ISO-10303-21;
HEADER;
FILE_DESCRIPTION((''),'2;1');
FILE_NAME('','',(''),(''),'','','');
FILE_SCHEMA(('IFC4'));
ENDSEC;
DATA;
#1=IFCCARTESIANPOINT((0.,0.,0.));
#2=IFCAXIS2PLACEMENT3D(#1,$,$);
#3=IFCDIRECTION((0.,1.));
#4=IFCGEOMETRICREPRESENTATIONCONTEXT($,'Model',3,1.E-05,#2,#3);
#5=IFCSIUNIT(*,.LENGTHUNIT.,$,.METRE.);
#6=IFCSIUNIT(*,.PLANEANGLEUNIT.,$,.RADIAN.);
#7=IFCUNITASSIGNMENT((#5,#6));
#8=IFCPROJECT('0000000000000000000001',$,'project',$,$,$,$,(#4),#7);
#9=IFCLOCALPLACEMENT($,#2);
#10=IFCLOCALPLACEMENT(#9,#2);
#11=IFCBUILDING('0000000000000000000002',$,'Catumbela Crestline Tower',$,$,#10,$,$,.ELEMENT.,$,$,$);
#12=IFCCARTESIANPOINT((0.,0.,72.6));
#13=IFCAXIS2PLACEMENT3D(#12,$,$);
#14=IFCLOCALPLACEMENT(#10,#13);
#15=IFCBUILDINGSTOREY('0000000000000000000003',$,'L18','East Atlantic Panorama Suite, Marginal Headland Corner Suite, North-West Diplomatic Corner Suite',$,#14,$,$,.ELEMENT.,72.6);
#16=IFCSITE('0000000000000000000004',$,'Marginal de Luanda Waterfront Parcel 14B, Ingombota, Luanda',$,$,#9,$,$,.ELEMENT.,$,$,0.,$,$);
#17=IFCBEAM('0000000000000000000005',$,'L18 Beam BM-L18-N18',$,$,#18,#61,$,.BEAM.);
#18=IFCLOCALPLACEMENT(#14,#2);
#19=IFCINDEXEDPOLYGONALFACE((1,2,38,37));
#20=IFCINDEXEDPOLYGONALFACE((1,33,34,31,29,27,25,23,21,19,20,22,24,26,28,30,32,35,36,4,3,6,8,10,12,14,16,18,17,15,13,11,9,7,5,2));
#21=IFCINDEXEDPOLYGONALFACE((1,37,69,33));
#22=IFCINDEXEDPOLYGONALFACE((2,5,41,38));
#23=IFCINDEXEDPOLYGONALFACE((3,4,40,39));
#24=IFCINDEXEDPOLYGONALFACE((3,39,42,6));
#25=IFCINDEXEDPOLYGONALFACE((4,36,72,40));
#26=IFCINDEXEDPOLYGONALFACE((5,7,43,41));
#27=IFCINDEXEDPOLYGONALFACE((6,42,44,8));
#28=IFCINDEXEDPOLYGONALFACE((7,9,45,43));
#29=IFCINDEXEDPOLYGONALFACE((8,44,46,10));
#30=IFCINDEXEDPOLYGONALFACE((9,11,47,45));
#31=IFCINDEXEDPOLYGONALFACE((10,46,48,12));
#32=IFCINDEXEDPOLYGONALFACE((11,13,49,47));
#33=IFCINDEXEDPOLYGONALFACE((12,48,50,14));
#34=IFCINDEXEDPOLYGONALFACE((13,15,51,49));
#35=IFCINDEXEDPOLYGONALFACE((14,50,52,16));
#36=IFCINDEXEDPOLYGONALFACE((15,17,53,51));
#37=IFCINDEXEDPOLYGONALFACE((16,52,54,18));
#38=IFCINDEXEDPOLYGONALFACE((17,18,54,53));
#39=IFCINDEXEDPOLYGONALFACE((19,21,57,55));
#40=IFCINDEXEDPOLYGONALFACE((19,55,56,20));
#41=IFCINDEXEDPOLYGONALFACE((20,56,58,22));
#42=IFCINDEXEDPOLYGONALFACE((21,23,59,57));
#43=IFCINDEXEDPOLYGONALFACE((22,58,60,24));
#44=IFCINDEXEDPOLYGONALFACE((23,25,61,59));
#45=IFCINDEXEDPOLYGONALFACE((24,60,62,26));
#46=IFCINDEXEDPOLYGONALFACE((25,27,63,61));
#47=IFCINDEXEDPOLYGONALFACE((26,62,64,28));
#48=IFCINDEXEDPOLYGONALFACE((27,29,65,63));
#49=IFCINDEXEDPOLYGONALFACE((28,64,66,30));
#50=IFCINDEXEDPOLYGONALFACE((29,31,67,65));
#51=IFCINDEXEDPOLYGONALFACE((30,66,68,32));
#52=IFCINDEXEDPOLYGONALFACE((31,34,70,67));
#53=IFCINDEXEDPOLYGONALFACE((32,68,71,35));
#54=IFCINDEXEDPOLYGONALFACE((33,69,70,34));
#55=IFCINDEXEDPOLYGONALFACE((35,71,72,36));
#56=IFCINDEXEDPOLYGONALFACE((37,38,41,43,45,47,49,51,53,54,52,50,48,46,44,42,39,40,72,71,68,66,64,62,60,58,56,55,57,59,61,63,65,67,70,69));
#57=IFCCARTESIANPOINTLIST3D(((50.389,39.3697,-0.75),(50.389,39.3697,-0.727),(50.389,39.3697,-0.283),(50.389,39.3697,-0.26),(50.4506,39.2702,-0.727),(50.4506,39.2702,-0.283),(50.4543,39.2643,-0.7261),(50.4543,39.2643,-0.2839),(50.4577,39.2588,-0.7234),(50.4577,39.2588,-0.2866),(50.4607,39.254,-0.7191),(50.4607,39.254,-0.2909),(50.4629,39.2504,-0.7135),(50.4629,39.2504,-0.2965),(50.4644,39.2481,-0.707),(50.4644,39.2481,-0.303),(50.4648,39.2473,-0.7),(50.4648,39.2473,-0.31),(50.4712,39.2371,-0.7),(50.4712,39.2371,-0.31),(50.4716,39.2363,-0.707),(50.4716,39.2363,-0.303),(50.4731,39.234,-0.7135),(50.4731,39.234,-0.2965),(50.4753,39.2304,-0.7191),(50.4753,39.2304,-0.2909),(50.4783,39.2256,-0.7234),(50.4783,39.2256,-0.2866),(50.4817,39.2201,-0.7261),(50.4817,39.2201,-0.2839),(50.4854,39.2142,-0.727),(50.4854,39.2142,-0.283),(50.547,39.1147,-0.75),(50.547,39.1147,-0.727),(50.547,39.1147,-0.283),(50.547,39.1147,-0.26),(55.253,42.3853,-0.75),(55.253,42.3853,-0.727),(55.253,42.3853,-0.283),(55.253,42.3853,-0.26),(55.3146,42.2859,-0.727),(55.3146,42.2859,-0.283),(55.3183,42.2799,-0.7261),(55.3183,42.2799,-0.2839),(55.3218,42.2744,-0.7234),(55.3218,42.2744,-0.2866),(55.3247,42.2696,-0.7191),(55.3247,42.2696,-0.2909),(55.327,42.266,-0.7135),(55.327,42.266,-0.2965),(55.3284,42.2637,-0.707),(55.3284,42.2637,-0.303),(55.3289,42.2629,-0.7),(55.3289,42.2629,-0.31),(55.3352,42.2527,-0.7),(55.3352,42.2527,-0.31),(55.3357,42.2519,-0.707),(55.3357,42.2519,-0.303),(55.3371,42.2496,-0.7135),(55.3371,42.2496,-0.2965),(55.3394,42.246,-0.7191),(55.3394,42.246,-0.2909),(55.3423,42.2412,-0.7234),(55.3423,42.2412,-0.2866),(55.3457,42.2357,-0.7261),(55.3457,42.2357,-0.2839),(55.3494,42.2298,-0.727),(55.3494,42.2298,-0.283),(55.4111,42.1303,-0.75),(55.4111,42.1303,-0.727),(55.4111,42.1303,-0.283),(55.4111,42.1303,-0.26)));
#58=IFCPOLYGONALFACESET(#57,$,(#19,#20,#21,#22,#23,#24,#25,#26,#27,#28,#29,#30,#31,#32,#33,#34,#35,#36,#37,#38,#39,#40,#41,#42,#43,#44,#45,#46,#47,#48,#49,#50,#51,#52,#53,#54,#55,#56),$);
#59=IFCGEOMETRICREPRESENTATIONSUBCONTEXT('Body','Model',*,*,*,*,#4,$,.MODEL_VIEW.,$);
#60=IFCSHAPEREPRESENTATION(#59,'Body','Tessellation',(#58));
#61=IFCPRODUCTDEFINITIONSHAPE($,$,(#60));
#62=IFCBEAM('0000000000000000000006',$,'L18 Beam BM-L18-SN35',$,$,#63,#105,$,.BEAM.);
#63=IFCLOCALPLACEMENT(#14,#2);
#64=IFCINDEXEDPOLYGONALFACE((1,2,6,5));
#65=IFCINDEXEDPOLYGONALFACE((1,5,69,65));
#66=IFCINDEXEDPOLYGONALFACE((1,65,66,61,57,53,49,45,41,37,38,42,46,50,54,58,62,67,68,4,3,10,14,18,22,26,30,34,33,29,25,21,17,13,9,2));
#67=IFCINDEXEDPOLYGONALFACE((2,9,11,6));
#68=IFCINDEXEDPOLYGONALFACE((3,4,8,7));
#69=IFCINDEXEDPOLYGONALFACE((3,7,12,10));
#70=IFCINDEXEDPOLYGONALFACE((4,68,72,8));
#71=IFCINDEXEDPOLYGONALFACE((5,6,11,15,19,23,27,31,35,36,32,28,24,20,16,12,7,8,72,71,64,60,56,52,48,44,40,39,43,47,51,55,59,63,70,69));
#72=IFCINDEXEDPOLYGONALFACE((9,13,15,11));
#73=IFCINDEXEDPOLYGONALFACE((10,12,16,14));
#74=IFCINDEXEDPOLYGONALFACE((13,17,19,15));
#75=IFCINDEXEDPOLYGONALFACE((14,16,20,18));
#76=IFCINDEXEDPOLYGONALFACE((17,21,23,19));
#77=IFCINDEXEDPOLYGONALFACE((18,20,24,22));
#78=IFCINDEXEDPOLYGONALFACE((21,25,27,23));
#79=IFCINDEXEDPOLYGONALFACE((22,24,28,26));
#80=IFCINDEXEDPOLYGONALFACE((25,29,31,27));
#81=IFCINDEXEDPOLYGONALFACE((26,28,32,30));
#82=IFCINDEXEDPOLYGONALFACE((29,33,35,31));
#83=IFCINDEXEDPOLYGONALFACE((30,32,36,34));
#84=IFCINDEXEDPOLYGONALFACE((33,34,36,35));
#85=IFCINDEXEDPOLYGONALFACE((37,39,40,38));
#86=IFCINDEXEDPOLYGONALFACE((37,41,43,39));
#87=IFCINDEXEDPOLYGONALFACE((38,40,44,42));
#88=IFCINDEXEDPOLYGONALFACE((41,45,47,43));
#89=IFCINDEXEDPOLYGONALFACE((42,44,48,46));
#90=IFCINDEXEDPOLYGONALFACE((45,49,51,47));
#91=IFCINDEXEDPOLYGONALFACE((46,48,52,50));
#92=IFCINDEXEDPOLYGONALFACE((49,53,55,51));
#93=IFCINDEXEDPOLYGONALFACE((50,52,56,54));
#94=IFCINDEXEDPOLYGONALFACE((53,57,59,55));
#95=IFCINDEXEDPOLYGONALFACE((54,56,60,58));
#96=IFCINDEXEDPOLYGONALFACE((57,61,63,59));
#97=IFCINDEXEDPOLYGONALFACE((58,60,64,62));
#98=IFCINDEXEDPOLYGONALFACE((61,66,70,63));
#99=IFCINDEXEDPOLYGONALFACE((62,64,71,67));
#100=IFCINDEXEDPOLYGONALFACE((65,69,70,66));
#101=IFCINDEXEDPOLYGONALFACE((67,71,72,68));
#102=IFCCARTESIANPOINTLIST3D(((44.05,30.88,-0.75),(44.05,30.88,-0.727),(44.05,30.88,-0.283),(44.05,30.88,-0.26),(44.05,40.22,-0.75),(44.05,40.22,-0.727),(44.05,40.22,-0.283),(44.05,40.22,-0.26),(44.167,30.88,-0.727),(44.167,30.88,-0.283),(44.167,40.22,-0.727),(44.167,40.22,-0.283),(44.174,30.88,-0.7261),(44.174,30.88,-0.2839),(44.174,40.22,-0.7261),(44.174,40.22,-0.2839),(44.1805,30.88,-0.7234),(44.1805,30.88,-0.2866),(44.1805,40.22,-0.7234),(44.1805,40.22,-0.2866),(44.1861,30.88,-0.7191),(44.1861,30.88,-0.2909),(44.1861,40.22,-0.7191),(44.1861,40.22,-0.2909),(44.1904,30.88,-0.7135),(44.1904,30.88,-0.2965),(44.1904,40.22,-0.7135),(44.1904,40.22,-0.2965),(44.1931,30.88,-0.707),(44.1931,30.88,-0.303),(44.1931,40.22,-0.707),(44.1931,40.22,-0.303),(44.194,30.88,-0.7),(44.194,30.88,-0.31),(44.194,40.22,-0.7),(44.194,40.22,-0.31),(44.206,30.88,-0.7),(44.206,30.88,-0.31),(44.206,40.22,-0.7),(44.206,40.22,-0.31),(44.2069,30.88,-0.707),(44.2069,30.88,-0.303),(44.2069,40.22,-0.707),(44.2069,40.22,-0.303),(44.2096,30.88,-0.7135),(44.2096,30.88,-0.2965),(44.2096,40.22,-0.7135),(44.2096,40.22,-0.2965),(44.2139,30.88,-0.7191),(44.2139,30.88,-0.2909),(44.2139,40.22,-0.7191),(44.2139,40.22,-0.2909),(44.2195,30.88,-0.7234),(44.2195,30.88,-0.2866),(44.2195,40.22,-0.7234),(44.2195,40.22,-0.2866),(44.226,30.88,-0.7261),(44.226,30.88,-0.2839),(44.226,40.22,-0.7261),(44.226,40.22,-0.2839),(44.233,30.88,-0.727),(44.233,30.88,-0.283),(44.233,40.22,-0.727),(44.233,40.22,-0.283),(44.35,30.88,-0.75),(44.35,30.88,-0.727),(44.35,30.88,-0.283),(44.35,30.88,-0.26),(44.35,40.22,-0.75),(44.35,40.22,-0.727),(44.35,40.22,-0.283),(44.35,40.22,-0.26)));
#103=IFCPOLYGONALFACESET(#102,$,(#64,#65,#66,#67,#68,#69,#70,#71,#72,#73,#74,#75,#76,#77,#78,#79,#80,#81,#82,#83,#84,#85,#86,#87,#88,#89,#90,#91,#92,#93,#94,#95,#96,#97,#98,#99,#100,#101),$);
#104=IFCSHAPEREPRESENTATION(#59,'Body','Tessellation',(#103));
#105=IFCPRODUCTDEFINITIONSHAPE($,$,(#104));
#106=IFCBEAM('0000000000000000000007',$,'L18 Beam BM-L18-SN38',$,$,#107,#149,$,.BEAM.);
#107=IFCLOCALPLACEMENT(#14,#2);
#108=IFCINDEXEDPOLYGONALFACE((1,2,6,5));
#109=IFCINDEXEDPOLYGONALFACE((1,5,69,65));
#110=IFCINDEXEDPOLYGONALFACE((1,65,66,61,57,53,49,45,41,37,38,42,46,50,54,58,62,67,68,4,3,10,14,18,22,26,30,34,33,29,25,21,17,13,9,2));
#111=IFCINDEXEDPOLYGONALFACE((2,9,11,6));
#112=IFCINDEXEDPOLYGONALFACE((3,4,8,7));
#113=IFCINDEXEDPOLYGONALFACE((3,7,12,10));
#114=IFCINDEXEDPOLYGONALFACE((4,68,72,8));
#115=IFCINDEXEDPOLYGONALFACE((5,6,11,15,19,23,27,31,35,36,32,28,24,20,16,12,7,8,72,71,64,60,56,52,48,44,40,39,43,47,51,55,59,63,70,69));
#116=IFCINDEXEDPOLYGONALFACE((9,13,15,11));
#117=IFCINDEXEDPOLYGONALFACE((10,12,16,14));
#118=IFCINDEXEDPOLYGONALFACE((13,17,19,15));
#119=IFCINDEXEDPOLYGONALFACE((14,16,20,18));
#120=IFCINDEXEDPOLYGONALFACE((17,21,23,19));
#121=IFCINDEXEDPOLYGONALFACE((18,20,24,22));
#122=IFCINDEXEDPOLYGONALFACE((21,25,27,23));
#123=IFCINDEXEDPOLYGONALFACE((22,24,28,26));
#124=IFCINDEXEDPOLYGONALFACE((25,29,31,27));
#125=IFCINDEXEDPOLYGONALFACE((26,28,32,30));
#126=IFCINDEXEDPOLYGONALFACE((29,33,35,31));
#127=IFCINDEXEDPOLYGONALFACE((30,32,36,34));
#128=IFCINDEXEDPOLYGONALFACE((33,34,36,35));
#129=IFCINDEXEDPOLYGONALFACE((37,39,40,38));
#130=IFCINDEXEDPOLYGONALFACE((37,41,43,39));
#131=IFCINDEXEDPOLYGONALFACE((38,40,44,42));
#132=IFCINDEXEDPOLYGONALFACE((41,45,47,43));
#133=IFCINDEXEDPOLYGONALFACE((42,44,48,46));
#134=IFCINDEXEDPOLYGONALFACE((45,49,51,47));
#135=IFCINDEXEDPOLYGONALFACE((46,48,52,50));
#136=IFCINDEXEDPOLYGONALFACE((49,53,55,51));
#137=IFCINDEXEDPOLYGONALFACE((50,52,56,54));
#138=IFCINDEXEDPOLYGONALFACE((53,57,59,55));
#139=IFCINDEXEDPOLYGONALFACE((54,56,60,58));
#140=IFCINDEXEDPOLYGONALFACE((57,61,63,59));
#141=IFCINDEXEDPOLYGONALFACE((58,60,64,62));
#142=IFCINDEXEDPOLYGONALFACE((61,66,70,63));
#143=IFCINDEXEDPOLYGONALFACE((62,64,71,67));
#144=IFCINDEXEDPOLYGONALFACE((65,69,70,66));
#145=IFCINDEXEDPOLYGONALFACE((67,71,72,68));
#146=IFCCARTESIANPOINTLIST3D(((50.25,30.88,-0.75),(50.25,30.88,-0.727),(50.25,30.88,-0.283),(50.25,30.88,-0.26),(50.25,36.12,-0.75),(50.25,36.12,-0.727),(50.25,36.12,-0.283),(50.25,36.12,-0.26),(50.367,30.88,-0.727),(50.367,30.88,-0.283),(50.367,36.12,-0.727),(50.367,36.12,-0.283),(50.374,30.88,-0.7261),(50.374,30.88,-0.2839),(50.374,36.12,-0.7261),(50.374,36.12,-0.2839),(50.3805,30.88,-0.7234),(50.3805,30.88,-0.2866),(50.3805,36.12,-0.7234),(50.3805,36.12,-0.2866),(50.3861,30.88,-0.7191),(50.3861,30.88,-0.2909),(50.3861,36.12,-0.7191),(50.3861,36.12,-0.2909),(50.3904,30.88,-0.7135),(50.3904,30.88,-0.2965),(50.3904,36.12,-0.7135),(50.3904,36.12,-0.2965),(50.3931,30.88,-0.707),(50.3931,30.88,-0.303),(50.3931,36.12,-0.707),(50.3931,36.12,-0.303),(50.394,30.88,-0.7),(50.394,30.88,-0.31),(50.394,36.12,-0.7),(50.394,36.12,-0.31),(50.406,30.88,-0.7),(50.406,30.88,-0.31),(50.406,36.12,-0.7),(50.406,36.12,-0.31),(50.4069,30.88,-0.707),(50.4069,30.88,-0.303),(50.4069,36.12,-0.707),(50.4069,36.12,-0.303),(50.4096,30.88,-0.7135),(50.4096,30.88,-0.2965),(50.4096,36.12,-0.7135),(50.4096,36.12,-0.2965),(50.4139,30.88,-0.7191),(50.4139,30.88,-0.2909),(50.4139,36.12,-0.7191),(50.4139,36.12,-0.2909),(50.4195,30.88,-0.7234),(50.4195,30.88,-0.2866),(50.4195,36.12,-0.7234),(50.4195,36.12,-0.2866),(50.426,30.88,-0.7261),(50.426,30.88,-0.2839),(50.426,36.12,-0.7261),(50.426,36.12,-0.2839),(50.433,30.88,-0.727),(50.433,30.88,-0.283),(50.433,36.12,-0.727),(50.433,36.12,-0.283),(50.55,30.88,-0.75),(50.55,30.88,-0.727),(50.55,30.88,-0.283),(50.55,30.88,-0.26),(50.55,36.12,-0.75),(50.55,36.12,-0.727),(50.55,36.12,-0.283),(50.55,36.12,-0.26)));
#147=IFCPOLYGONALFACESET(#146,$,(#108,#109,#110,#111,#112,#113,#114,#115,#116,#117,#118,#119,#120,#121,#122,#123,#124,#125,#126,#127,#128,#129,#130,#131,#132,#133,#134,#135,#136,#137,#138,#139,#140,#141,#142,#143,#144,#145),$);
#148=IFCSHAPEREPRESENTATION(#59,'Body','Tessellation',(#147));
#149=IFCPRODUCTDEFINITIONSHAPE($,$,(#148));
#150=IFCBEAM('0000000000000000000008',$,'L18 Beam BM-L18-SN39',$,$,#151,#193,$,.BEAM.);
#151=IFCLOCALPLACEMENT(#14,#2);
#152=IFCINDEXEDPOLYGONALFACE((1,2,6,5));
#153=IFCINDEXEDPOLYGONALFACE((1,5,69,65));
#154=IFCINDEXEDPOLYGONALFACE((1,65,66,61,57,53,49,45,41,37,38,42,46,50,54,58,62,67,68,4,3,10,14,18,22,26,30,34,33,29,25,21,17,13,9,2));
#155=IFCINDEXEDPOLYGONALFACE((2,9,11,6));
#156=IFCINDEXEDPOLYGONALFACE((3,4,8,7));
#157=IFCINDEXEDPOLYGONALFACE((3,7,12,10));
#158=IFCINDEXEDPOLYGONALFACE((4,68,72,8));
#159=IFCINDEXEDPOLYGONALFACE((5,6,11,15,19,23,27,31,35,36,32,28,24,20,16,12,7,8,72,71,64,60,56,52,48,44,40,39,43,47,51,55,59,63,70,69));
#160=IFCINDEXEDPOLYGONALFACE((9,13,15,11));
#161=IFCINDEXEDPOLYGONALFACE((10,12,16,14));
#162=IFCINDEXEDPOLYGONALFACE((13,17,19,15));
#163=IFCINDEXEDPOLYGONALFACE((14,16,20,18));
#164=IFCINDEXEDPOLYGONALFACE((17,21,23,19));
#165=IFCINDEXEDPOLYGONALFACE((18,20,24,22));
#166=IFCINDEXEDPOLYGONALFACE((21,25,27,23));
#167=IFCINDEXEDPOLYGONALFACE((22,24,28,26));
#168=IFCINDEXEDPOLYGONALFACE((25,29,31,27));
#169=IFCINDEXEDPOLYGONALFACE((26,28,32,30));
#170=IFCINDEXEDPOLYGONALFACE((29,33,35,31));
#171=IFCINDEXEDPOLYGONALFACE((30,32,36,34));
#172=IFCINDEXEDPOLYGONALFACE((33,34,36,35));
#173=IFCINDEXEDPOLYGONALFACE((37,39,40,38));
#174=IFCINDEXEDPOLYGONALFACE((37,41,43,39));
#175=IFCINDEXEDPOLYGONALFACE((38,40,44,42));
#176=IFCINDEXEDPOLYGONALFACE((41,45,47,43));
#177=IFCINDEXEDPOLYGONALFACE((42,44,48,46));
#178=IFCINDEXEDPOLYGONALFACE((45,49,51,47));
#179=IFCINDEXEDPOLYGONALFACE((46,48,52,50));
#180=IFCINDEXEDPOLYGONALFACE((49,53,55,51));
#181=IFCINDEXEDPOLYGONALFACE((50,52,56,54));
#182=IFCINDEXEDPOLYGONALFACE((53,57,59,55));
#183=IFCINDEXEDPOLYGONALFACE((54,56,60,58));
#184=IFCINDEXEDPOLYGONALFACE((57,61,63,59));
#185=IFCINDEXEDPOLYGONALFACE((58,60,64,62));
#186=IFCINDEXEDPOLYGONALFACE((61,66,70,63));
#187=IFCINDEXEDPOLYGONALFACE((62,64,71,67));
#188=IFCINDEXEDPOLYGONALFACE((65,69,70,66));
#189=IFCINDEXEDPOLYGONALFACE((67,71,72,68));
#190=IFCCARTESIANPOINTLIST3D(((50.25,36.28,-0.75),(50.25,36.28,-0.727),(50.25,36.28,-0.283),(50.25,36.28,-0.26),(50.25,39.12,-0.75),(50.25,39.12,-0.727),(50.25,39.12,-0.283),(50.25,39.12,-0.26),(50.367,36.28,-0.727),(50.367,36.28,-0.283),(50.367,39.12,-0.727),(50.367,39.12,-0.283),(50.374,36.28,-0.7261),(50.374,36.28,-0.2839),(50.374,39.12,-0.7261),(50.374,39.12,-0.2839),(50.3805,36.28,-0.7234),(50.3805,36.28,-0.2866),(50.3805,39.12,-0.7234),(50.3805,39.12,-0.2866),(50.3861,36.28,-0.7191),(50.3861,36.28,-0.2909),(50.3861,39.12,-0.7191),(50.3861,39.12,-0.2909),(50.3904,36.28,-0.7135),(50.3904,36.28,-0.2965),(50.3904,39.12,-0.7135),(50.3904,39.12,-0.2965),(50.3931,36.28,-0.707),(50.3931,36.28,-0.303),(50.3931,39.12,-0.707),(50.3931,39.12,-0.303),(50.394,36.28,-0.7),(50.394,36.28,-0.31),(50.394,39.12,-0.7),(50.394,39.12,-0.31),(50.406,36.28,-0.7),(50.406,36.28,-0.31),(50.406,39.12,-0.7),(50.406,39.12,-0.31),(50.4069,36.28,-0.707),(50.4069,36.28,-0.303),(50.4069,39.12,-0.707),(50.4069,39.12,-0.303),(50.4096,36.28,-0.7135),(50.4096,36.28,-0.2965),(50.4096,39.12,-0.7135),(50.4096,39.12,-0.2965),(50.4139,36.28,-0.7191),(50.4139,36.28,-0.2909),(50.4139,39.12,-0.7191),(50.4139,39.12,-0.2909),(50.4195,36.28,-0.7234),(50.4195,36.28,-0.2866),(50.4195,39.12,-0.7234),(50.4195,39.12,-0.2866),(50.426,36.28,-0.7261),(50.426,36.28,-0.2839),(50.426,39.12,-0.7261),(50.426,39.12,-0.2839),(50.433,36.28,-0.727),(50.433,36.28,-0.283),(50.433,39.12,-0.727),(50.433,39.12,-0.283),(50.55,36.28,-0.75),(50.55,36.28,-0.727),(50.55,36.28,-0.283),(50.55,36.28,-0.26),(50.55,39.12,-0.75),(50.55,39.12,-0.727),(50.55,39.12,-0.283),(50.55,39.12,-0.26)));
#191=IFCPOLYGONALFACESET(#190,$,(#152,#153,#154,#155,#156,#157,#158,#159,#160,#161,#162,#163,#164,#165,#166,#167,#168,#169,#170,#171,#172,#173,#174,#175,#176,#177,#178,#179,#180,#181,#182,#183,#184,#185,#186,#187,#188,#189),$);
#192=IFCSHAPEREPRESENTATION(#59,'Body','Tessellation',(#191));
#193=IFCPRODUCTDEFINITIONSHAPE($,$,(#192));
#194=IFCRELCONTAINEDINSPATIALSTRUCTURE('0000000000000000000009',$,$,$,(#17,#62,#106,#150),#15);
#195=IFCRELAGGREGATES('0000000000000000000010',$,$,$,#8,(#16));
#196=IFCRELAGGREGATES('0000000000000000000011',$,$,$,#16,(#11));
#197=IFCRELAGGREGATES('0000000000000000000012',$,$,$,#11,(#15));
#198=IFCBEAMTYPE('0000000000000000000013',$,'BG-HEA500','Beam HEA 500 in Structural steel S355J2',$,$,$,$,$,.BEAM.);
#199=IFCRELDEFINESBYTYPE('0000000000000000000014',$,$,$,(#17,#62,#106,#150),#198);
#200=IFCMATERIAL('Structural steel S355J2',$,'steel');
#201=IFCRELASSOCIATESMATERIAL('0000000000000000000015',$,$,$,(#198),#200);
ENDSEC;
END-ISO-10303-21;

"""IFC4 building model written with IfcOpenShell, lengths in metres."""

from ifc_helpers import new_model, si_unit, direction, frame, origin, origin_2d, place, context, subcontext, project, spatial, i_section, extrude, material, material_profile, profile_set, type_object, element, save


model = new_model("IFC4")

# Units and contexts
model_context = context("Model", 3, precision=1e-05, world=origin(), true_north=direction((0.0, 1.0)))
body_context = subcontext(model_context, "Body", "Model", "MODEL_VIEW")
ifc_project = project(units=[si_unit("LENGTHUNIT", "METRE"), si_unit("PLANEANGLEUNIT", "RADIAN")], contexts=[model_context])

# Site, building, storey
site_placement = place(None, origin())
site = spatial("IfcSite", under=ifc_project, at=site_placement, Name="Marginal de Luanda Waterfront Parcel 14B, Ingombota, Luanda", CompositionType="ELEMENT", RefElevation=0.0)
building_placement = place(site_placement, origin())
building = spatial("IfcBuilding", under=site, at=building_placement, Name="Catumbela Crestline Tower", CompositionType="ELEMENT")
storey_placement = place(building_placement, frame((0.0, 0.0, 72.6)))
storey = spatial("IfcBuildingStorey", under=building, at=storey_placement, Name="L18", Description="East Atlantic Panorama Suite, Marginal Headland Corner Suite, North-West Diplomatic Corner Suite", CompositionType="ELEMENT", Elevation=72.6)

# Beams
ifc_material_1 = material(Name="Structural steel S355J2", Category="steel")
ifc_material_profile_1 = material_profile(ifc_material_1, i_section(OverallWidth=0.3, OverallDepth=0.49, WebThickness=0.012, FlangeThickness=0.023, FilletRadius=0.027, at=origin_2d()), Name="HEA 500")
ifc_profile_set_1 = profile_set([ifc_material_profile_1], Name="Structural steel S355J2")
beam_type_1 = type_object("IfcBeamType", Name="BG-HEA500", Description="Beam HEA 500 in Structural steel S355J2", PredefinedType="BEAM", material=ifc_profile_set_1)
beam_1_placement = place(storey_placement, frame((50.468, 39.2422, -0.505), z_axis=(0.849909, 0.52693, 0.0), x_axis=(-0.52693, 0.849909, 0.0)))
element("IfcBeam", 1, at=beam_1_placement, inside=storey, type_object=beam_type_1, Name="L18 Beam BM-L18-N18", PredefinedType="BEAM", context=body_context, shape_type="SweptSolid", body=[
    extrude(i_section(OverallWidth=0.3, OverallDepth=0.49, WebThickness=0.012, FlangeThickness=0.023, FilletRadius=0.027, at=origin_2d()), origin(), (0.0, 0.0, 1.0), 5.723),
])
beam_2_placement = place(storey_placement, frame((44.2, 30.88, -0.505), z_axis=(0.0, 1.0, 0.0), x_axis=(-1.0, 0.0, 0.0)))
element("IfcBeam", 2, at=beam_2_placement, inside=storey, type_object=beam_type_1, Name="L18 Beam BM-L18-SN35", PredefinedType="BEAM", context=body_context, shape_type="SweptSolid", body=[
    extrude(i_section(OverallWidth=0.3, OverallDepth=0.49, WebThickness=0.012, FlangeThickness=0.023, FilletRadius=0.027, at=origin_2d()), origin(), (0.0, 0.0, 1.0), 9.34),
])
beam_3_placement = place(storey_placement, frame((50.4, 30.88, -0.505), z_axis=(0.0, 1.0, 0.0), x_axis=(-1.0, 0.0, 0.0)))
element("IfcBeam", 3, at=beam_3_placement, inside=storey, type_object=beam_type_1, Name="L18 Beam BM-L18-SN38", PredefinedType="BEAM", context=body_context, shape_type="SweptSolid", body=[
    extrude(i_section(OverallWidth=0.3, OverallDepth=0.49, WebThickness=0.012, FlangeThickness=0.023, FilletRadius=0.027, at=origin_2d()), origin(), (0.0, 0.0, 1.0), 5.24),
])
beam_4_placement = place(storey_placement, frame((50.4, 36.28, -0.505), z_axis=(0.0, 1.0, 0.0), x_axis=(-1.0, 0.0, 0.0)))
element("IfcBeam", 4, at=beam_4_placement, inside=storey, type_object=beam_type_1, Name="L18 Beam BM-L18-SN39", PredefinedType="BEAM", context=body_context, shape_type="SweptSolid", body=[
    extrude(i_section(OverallWidth=0.3, OverallDepth=0.49, WebThickness=0.012, FlangeThickness=0.023, FilletRadius=0.027, at=origin_2d()), origin(), (0.0, 0.0, 1.0), 2.84),
])

save(model, "model.ifc")
